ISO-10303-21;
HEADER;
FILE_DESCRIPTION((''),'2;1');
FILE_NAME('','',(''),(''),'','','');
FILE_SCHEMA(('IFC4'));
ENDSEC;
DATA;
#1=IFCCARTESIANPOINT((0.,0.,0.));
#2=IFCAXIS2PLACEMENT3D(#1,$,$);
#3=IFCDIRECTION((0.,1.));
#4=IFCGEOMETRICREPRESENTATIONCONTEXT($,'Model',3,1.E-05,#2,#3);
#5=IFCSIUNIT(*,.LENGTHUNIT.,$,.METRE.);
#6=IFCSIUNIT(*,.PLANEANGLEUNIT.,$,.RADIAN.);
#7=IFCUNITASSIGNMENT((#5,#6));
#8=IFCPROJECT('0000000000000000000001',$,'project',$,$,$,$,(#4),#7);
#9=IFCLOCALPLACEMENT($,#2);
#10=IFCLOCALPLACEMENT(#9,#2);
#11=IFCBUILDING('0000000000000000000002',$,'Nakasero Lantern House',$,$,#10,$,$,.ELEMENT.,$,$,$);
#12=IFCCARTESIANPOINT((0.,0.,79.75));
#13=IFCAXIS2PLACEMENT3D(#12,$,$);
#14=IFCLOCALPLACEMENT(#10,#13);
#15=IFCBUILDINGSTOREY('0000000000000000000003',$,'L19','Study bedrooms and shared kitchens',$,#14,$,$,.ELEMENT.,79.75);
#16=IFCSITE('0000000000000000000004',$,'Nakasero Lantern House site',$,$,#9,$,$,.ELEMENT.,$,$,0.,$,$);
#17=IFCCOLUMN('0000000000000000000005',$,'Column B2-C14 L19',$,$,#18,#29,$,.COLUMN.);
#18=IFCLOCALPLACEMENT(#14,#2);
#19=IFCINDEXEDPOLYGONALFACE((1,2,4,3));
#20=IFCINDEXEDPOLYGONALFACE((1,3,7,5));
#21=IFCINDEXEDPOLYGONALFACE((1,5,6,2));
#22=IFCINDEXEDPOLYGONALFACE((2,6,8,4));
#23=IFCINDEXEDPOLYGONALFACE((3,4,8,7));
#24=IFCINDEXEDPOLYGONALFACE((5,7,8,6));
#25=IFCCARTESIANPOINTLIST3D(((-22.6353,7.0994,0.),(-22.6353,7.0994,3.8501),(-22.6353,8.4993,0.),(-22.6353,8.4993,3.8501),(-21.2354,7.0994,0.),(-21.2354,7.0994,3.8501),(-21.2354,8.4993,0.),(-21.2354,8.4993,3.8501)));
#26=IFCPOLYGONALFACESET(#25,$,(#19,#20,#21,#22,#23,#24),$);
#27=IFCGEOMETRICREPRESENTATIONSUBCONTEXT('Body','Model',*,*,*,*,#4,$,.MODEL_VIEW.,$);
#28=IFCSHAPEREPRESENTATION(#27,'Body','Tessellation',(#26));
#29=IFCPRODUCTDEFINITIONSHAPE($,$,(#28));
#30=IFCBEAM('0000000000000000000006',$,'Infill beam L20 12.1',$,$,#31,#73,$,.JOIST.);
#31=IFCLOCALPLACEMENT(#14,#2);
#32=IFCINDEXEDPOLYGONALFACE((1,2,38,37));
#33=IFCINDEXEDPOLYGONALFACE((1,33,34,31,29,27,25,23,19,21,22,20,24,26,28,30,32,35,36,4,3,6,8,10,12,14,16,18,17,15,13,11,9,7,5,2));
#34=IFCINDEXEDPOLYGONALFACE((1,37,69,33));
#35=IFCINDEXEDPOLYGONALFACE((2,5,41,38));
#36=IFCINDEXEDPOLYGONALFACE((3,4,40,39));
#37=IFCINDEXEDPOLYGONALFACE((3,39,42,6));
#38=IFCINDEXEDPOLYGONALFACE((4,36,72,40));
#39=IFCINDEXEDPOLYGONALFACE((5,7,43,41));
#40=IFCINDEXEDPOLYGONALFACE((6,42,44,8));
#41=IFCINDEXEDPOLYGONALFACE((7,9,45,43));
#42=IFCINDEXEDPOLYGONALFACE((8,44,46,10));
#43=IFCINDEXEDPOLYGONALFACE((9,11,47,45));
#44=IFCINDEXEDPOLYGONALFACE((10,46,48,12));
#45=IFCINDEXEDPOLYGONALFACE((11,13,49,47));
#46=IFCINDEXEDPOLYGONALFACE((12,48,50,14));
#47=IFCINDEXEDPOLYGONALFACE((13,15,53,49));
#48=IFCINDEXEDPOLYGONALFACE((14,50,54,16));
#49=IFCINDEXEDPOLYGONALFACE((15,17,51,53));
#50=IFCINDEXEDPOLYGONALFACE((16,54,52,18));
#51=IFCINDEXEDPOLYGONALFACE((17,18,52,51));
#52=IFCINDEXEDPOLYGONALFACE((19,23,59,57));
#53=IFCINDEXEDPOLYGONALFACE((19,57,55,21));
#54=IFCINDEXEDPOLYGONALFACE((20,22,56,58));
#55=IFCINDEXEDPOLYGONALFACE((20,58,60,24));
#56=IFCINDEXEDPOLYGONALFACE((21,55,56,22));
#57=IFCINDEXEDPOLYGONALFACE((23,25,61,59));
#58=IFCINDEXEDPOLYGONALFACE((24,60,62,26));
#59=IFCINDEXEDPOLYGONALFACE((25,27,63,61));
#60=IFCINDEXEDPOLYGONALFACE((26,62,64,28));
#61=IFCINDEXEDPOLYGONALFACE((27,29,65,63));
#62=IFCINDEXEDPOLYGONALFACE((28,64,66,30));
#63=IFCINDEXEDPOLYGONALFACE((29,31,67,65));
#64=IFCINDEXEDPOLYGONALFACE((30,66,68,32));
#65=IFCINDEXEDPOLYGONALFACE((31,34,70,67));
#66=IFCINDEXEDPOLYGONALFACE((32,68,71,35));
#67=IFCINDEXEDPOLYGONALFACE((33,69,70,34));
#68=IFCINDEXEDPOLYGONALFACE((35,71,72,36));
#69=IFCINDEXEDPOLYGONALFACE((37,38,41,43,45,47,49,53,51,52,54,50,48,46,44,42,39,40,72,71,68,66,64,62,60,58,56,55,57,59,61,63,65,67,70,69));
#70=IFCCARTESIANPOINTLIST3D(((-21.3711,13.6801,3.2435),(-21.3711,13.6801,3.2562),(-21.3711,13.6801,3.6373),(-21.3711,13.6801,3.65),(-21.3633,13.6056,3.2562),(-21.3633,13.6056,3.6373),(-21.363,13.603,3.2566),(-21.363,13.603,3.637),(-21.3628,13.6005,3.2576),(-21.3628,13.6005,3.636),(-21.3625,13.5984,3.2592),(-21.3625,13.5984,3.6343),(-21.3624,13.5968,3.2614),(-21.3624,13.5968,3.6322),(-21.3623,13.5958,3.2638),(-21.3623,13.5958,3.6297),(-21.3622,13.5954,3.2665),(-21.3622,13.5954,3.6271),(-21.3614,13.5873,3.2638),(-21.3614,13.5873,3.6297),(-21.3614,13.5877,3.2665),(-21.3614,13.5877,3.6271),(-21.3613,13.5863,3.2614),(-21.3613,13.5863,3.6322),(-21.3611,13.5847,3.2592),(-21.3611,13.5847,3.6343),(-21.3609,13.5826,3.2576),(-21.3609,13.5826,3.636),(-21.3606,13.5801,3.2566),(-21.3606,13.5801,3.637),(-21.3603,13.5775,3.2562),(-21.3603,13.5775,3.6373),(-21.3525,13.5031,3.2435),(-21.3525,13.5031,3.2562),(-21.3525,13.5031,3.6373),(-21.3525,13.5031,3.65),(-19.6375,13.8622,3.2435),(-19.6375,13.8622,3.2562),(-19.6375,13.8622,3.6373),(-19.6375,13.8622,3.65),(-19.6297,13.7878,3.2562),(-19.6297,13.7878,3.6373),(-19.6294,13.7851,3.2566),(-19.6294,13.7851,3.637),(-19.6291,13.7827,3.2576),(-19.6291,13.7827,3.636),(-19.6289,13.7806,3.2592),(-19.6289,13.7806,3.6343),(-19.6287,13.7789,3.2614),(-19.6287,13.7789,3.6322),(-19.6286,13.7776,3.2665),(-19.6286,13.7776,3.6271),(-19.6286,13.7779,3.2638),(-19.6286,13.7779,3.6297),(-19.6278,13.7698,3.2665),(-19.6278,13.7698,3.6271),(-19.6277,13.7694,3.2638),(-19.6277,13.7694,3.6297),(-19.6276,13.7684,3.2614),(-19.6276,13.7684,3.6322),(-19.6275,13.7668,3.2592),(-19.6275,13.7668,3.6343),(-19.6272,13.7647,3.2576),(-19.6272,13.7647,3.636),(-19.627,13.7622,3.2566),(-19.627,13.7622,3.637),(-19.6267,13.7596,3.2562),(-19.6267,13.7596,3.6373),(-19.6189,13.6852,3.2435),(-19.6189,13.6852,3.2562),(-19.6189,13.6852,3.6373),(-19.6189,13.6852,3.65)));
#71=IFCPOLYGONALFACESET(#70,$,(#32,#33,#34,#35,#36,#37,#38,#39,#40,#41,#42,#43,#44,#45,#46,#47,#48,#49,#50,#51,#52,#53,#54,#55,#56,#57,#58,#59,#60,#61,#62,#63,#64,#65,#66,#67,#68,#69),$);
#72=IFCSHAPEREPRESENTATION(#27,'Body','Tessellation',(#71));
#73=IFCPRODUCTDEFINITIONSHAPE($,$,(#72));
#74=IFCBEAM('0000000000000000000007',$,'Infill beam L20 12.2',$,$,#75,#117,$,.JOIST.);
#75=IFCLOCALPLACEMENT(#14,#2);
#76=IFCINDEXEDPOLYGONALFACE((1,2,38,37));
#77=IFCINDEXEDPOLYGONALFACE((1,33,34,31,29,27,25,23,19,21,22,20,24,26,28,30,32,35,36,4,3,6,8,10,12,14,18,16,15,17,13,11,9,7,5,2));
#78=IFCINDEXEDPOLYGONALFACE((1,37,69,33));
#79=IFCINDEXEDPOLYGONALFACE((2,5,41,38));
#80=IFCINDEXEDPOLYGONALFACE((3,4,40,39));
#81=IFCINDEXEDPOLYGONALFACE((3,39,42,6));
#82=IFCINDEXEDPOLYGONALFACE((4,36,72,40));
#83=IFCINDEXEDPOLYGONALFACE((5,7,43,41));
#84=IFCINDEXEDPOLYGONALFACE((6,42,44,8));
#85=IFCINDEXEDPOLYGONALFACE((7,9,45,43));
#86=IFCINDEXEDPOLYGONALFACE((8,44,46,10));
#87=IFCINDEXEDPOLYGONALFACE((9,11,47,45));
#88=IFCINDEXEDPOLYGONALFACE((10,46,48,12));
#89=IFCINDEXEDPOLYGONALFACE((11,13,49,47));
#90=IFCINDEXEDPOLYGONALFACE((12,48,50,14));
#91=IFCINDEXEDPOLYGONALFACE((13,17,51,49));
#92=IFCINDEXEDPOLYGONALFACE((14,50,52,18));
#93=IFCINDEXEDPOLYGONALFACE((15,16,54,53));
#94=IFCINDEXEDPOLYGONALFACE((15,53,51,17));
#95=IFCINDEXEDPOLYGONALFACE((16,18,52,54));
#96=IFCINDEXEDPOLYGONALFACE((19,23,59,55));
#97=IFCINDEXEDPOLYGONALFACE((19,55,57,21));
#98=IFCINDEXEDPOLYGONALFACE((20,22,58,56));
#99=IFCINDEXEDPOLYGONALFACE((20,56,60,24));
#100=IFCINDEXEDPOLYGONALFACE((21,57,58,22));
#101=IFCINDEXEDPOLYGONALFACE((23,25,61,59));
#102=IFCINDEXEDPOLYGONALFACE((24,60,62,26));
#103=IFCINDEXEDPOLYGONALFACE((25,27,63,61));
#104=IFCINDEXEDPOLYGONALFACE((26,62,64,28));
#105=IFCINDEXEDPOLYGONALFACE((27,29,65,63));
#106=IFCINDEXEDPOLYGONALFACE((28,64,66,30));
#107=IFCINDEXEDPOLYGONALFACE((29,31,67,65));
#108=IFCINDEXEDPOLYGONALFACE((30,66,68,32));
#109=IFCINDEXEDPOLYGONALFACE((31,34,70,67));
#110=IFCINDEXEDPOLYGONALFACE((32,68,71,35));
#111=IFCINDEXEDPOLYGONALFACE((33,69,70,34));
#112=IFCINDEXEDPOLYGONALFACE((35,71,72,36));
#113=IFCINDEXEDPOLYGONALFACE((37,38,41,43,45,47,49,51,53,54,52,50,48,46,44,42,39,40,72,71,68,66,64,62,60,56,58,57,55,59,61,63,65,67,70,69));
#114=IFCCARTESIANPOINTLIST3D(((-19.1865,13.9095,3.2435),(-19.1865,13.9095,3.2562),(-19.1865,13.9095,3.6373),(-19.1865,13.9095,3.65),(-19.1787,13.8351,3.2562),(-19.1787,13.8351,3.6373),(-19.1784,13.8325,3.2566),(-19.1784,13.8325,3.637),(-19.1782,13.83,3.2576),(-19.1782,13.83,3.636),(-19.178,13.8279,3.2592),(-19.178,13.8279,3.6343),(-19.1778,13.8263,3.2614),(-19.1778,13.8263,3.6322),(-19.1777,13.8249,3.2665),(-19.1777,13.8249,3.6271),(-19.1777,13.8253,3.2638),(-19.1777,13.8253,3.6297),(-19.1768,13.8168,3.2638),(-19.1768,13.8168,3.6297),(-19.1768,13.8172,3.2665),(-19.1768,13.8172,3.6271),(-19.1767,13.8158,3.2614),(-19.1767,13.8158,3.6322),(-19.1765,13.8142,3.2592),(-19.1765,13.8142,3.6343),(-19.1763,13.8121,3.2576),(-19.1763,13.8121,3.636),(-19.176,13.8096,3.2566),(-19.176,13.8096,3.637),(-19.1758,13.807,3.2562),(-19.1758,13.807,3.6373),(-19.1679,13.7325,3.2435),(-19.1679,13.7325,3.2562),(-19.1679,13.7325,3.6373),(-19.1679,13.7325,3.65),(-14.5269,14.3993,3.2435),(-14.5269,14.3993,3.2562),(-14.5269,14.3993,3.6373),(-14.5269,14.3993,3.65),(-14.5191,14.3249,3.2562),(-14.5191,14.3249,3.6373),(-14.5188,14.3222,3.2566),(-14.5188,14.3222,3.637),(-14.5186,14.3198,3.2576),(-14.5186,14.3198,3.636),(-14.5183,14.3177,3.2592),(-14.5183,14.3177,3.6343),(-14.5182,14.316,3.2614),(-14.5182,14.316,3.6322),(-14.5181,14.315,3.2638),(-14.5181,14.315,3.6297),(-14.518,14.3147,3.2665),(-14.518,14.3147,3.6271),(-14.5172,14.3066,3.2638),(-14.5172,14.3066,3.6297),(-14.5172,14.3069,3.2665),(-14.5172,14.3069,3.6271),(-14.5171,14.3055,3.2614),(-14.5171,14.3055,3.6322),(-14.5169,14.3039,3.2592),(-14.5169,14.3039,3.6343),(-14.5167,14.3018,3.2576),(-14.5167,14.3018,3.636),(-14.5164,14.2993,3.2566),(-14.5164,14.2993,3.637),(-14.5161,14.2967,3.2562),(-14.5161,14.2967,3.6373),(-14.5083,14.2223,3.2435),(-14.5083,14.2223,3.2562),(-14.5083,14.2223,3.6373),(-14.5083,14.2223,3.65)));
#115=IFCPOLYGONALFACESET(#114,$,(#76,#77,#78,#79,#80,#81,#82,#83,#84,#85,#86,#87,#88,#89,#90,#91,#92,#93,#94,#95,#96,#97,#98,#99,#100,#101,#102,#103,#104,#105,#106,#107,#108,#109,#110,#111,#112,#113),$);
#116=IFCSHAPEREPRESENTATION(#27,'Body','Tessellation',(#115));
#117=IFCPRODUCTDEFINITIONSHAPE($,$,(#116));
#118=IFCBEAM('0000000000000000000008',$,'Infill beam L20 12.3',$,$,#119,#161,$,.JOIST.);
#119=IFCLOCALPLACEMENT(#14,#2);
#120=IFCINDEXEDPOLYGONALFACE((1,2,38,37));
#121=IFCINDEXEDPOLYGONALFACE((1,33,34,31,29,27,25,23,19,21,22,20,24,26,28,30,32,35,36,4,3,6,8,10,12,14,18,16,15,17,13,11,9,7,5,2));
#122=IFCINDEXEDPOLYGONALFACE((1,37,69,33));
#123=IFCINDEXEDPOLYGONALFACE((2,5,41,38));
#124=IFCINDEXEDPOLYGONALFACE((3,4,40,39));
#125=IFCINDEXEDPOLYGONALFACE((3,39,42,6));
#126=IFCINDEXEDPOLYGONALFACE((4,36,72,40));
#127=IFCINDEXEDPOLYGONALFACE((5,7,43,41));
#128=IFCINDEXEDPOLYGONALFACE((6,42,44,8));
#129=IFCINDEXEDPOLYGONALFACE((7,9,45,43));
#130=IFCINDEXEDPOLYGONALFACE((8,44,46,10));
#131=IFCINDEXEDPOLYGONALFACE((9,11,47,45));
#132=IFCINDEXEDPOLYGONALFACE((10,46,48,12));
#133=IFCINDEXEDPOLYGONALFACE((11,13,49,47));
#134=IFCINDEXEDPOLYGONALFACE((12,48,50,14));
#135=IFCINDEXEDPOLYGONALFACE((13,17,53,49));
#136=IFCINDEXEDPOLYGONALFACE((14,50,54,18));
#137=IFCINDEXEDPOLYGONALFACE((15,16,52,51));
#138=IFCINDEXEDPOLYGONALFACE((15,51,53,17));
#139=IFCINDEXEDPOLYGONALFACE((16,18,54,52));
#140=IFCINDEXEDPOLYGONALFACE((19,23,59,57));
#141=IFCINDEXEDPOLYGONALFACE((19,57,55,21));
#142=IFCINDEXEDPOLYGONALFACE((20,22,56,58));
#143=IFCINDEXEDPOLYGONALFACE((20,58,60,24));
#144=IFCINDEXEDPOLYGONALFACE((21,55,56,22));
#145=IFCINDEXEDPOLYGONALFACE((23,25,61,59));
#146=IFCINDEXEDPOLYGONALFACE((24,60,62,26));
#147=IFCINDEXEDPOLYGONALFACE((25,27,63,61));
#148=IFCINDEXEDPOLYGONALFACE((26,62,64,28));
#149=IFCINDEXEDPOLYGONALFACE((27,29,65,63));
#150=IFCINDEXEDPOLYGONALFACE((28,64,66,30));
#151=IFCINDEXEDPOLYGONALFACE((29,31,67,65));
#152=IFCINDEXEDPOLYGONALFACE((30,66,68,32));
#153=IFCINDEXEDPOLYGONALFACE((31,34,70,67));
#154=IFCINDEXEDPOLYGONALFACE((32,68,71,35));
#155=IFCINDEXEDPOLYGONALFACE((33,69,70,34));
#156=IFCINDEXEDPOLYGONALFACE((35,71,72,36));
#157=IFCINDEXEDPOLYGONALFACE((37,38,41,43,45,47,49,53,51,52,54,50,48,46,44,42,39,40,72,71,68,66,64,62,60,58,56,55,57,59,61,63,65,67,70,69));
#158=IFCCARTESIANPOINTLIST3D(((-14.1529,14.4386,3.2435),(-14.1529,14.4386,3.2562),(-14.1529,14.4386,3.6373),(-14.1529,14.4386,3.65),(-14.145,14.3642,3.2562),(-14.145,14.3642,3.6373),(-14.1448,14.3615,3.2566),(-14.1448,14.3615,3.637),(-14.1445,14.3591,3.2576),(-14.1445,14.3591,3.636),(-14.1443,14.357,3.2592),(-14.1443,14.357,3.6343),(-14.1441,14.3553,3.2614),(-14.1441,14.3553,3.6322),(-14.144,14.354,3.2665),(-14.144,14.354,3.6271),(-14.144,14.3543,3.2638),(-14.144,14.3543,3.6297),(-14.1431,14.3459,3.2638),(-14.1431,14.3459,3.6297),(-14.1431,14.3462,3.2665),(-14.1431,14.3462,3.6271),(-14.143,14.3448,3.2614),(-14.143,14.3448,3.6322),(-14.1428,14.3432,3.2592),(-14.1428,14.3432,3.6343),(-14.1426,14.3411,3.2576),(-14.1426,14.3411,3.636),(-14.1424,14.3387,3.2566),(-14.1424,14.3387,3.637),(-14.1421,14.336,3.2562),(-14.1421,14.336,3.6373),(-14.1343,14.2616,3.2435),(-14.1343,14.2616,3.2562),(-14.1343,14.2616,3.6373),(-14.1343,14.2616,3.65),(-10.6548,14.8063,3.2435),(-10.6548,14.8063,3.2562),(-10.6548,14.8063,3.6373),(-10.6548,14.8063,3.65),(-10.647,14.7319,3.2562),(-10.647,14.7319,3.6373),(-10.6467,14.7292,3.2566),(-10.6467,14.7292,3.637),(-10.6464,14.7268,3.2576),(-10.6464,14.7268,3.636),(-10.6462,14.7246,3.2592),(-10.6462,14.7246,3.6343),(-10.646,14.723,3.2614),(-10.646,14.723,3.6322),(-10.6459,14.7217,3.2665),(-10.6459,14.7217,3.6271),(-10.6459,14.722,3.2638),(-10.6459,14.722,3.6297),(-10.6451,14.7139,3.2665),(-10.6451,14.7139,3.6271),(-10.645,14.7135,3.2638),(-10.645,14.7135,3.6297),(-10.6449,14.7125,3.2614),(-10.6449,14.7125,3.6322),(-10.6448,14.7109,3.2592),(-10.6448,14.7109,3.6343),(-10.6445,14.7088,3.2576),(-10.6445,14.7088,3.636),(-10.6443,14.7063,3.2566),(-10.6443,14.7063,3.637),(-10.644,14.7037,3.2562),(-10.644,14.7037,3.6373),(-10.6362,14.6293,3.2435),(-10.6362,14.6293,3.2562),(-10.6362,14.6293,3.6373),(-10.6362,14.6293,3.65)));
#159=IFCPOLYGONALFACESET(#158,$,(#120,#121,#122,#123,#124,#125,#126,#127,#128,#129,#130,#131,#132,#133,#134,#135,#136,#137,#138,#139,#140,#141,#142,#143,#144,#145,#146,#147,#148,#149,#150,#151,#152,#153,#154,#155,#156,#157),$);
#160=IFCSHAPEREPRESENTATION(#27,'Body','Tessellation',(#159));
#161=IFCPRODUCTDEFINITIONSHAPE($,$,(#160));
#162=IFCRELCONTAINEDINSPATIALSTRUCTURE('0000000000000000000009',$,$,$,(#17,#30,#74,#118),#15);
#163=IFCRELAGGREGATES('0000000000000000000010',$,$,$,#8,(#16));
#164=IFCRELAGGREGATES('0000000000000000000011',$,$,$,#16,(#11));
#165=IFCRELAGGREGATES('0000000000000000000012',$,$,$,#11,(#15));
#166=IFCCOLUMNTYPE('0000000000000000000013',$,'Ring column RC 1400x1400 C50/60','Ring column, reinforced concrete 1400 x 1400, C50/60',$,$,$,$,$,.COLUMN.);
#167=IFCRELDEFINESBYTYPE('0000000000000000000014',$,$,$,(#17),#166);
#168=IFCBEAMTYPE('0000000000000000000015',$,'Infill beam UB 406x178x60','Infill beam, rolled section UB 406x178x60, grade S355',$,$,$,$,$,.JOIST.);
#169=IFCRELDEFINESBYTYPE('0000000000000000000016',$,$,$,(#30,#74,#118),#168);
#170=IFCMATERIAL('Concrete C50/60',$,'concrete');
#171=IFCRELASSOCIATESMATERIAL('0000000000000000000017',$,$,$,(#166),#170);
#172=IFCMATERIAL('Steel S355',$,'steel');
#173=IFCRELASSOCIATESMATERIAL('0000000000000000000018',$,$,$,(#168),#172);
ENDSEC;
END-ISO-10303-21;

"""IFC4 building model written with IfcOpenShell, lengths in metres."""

from ifc_helpers import new_model, si_unit, direction, frame, origin, origin_2d, place, context, subcontext, project, spatial, rectangle, i_section, extrude, material, material_profile, profile_set, type_object, element, save


model = new_model("IFC4")

# Units and contexts
model_context = context("Model", 3, precision=1e-05, world=origin(), true_north=direction((0.0, 1.0)))
body_context = subcontext(model_context, "Body", "Model", "MODEL_VIEW")
ifc_project = project(units=[si_unit("LENGTHUNIT", "METRE"), si_unit("PLANEANGLEUNIT", "RADIAN")], contexts=[model_context])

# Site, building, storey
site_placement = place(None, origin())
site = spatial("IfcSite", under=ifc_project, at=site_placement, Name="Nakasero Lantern House site", CompositionType="ELEMENT", RefElevation=0.0)
building_placement = place(site_placement, origin())
building = spatial("IfcBuilding", under=site, at=building_placement, Name="Nakasero Lantern House", CompositionType="ELEMENT")
storey_placement = place(building_placement, frame((0.0, 0.0, 79.75)))
storey = spatial("IfcBuildingStorey", under=building, at=storey_placement, Name="L19", Description="Study bedrooms and shared kitchens", CompositionType="ELEMENT", Elevation=79.75)

# Column
ifc_material_1 = material(Name="Concrete C50/60", Category="concrete")
ifc_material_profile_1 = material_profile(ifc_material_1, rectangle(XDim=1.3999, YDim=1.3999, at=origin_2d()), Name="RC 1400x1400")
ifc_profile_set_1 = profile_set([ifc_material_profile_1], Name="Concrete C50/60")
column_type = type_object("IfcColumnType", Name="Ring column RC 1400x1400 C50/60", Description="Ring column, reinforced concrete 1400 x 1400, C50/60", PredefinedType="COLUMN", material=ifc_profile_set_1)
column_placement = place(storey_placement, frame((-21.9353, 7.7993, 0.0), z_axis=(0.0, 0.0, 1.0), x_axis=(1.0, 0.0, 0.0)))
element("IfcColumn", 1, at=column_placement, inside=storey, type_object=column_type, Name="Column B2-C14 L19", PredefinedType="COLUMN", context=body_context, shape_type="SweptSolid", body=[
    extrude(rectangle(XDim=1.3999, YDim=1.3999, at=origin_2d()), origin(), (0.0, 0.0, 1.0), 3.8501),
])

# Beams
ifc_material_2 = material(Name="Steel S355", Category="steel")
ifc_material_profile_2 = material_profile(ifc_material_2, i_section(OverallWidth=0.178, OverallDepth=0.4065, WebThickness=0.0078, FlangeThickness=0.0127, FilletRadius=0.0103, at=origin_2d()), Name="UB 406x178x60")
ifc_profile_set_2 = profile_set([ifc_material_profile_2], Name="Steel S355")
beam_type_1 = type_object("IfcBeamType", Name="Infill beam UB 406x178x60", Description="Infill beam, rolled section UB 406x178x60, grade S355", PredefinedType="JOIST", material=ifc_profile_set_2)
beam_1_placement = place(storey_placement, frame((-21.3618, 13.5916, 3.4468), z_axis=(0.994527, 0.104481, 0.0), x_axis=(-0.104481, 0.994527, 0.0)))
element("IfcBeam", 2, at=beam_1_placement, inside=storey, type_object=beam_type_1, Name="Infill beam L20 12.1", PredefinedType="JOIST", context=body_context, shape_type="SweptSolid", body=[
    extrude(i_section(OverallWidth=0.178, OverallDepth=0.4065, WebThickness=0.0078, FlangeThickness=0.0127, FilletRadius=0.0103, at=origin_2d()), origin(), (0.0, 0.0, 1.0), 1.7432),
])
beam_2_placement = place(storey_placement, frame((-19.1772, 13.821, 3.4468), z_axis=(0.994522, 0.104527, 0.0), x_axis=(-0.104527, 0.994522, 0.0)))
element("IfcBeam", 3, at=beam_2_placement, inside=storey, type_object=beam_type_1, Name="Infill beam L20 12.2", PredefinedType="JOIST", context=body_context, shape_type="SweptSolid", body=[
    extrude(i_section(OverallWidth=0.178, OverallDepth=0.4065, WebThickness=0.0078, FlangeThickness=0.0127, FilletRadius=0.0103, at=origin_2d()), origin(), (0.0, 0.0, 1.0), 4.6853),
])
beam_3_placement = place(storey_placement, frame((-14.1436, 14.3501, 3.4468), z_axis=(0.994521, 0.104533, 0.0), x_axis=(-0.104533, 0.994521, 0.0)))
element("IfcBeam", 4, at=beam_3_placement, inside=storey, type_object=beam_type_1, Name="Infill beam L20 12.3", PredefinedType="JOIST", context=body_context, shape_type="SweptSolid", body=[
    extrude(i_section(OverallWidth=0.178, OverallDepth=0.4065, WebThickness=0.0078, FlangeThickness=0.0127, FilletRadius=0.0103, at=origin_2d()), origin(), (0.0, 0.0, 1.0), 3.5173),
])

save(model, "model.ifc")
